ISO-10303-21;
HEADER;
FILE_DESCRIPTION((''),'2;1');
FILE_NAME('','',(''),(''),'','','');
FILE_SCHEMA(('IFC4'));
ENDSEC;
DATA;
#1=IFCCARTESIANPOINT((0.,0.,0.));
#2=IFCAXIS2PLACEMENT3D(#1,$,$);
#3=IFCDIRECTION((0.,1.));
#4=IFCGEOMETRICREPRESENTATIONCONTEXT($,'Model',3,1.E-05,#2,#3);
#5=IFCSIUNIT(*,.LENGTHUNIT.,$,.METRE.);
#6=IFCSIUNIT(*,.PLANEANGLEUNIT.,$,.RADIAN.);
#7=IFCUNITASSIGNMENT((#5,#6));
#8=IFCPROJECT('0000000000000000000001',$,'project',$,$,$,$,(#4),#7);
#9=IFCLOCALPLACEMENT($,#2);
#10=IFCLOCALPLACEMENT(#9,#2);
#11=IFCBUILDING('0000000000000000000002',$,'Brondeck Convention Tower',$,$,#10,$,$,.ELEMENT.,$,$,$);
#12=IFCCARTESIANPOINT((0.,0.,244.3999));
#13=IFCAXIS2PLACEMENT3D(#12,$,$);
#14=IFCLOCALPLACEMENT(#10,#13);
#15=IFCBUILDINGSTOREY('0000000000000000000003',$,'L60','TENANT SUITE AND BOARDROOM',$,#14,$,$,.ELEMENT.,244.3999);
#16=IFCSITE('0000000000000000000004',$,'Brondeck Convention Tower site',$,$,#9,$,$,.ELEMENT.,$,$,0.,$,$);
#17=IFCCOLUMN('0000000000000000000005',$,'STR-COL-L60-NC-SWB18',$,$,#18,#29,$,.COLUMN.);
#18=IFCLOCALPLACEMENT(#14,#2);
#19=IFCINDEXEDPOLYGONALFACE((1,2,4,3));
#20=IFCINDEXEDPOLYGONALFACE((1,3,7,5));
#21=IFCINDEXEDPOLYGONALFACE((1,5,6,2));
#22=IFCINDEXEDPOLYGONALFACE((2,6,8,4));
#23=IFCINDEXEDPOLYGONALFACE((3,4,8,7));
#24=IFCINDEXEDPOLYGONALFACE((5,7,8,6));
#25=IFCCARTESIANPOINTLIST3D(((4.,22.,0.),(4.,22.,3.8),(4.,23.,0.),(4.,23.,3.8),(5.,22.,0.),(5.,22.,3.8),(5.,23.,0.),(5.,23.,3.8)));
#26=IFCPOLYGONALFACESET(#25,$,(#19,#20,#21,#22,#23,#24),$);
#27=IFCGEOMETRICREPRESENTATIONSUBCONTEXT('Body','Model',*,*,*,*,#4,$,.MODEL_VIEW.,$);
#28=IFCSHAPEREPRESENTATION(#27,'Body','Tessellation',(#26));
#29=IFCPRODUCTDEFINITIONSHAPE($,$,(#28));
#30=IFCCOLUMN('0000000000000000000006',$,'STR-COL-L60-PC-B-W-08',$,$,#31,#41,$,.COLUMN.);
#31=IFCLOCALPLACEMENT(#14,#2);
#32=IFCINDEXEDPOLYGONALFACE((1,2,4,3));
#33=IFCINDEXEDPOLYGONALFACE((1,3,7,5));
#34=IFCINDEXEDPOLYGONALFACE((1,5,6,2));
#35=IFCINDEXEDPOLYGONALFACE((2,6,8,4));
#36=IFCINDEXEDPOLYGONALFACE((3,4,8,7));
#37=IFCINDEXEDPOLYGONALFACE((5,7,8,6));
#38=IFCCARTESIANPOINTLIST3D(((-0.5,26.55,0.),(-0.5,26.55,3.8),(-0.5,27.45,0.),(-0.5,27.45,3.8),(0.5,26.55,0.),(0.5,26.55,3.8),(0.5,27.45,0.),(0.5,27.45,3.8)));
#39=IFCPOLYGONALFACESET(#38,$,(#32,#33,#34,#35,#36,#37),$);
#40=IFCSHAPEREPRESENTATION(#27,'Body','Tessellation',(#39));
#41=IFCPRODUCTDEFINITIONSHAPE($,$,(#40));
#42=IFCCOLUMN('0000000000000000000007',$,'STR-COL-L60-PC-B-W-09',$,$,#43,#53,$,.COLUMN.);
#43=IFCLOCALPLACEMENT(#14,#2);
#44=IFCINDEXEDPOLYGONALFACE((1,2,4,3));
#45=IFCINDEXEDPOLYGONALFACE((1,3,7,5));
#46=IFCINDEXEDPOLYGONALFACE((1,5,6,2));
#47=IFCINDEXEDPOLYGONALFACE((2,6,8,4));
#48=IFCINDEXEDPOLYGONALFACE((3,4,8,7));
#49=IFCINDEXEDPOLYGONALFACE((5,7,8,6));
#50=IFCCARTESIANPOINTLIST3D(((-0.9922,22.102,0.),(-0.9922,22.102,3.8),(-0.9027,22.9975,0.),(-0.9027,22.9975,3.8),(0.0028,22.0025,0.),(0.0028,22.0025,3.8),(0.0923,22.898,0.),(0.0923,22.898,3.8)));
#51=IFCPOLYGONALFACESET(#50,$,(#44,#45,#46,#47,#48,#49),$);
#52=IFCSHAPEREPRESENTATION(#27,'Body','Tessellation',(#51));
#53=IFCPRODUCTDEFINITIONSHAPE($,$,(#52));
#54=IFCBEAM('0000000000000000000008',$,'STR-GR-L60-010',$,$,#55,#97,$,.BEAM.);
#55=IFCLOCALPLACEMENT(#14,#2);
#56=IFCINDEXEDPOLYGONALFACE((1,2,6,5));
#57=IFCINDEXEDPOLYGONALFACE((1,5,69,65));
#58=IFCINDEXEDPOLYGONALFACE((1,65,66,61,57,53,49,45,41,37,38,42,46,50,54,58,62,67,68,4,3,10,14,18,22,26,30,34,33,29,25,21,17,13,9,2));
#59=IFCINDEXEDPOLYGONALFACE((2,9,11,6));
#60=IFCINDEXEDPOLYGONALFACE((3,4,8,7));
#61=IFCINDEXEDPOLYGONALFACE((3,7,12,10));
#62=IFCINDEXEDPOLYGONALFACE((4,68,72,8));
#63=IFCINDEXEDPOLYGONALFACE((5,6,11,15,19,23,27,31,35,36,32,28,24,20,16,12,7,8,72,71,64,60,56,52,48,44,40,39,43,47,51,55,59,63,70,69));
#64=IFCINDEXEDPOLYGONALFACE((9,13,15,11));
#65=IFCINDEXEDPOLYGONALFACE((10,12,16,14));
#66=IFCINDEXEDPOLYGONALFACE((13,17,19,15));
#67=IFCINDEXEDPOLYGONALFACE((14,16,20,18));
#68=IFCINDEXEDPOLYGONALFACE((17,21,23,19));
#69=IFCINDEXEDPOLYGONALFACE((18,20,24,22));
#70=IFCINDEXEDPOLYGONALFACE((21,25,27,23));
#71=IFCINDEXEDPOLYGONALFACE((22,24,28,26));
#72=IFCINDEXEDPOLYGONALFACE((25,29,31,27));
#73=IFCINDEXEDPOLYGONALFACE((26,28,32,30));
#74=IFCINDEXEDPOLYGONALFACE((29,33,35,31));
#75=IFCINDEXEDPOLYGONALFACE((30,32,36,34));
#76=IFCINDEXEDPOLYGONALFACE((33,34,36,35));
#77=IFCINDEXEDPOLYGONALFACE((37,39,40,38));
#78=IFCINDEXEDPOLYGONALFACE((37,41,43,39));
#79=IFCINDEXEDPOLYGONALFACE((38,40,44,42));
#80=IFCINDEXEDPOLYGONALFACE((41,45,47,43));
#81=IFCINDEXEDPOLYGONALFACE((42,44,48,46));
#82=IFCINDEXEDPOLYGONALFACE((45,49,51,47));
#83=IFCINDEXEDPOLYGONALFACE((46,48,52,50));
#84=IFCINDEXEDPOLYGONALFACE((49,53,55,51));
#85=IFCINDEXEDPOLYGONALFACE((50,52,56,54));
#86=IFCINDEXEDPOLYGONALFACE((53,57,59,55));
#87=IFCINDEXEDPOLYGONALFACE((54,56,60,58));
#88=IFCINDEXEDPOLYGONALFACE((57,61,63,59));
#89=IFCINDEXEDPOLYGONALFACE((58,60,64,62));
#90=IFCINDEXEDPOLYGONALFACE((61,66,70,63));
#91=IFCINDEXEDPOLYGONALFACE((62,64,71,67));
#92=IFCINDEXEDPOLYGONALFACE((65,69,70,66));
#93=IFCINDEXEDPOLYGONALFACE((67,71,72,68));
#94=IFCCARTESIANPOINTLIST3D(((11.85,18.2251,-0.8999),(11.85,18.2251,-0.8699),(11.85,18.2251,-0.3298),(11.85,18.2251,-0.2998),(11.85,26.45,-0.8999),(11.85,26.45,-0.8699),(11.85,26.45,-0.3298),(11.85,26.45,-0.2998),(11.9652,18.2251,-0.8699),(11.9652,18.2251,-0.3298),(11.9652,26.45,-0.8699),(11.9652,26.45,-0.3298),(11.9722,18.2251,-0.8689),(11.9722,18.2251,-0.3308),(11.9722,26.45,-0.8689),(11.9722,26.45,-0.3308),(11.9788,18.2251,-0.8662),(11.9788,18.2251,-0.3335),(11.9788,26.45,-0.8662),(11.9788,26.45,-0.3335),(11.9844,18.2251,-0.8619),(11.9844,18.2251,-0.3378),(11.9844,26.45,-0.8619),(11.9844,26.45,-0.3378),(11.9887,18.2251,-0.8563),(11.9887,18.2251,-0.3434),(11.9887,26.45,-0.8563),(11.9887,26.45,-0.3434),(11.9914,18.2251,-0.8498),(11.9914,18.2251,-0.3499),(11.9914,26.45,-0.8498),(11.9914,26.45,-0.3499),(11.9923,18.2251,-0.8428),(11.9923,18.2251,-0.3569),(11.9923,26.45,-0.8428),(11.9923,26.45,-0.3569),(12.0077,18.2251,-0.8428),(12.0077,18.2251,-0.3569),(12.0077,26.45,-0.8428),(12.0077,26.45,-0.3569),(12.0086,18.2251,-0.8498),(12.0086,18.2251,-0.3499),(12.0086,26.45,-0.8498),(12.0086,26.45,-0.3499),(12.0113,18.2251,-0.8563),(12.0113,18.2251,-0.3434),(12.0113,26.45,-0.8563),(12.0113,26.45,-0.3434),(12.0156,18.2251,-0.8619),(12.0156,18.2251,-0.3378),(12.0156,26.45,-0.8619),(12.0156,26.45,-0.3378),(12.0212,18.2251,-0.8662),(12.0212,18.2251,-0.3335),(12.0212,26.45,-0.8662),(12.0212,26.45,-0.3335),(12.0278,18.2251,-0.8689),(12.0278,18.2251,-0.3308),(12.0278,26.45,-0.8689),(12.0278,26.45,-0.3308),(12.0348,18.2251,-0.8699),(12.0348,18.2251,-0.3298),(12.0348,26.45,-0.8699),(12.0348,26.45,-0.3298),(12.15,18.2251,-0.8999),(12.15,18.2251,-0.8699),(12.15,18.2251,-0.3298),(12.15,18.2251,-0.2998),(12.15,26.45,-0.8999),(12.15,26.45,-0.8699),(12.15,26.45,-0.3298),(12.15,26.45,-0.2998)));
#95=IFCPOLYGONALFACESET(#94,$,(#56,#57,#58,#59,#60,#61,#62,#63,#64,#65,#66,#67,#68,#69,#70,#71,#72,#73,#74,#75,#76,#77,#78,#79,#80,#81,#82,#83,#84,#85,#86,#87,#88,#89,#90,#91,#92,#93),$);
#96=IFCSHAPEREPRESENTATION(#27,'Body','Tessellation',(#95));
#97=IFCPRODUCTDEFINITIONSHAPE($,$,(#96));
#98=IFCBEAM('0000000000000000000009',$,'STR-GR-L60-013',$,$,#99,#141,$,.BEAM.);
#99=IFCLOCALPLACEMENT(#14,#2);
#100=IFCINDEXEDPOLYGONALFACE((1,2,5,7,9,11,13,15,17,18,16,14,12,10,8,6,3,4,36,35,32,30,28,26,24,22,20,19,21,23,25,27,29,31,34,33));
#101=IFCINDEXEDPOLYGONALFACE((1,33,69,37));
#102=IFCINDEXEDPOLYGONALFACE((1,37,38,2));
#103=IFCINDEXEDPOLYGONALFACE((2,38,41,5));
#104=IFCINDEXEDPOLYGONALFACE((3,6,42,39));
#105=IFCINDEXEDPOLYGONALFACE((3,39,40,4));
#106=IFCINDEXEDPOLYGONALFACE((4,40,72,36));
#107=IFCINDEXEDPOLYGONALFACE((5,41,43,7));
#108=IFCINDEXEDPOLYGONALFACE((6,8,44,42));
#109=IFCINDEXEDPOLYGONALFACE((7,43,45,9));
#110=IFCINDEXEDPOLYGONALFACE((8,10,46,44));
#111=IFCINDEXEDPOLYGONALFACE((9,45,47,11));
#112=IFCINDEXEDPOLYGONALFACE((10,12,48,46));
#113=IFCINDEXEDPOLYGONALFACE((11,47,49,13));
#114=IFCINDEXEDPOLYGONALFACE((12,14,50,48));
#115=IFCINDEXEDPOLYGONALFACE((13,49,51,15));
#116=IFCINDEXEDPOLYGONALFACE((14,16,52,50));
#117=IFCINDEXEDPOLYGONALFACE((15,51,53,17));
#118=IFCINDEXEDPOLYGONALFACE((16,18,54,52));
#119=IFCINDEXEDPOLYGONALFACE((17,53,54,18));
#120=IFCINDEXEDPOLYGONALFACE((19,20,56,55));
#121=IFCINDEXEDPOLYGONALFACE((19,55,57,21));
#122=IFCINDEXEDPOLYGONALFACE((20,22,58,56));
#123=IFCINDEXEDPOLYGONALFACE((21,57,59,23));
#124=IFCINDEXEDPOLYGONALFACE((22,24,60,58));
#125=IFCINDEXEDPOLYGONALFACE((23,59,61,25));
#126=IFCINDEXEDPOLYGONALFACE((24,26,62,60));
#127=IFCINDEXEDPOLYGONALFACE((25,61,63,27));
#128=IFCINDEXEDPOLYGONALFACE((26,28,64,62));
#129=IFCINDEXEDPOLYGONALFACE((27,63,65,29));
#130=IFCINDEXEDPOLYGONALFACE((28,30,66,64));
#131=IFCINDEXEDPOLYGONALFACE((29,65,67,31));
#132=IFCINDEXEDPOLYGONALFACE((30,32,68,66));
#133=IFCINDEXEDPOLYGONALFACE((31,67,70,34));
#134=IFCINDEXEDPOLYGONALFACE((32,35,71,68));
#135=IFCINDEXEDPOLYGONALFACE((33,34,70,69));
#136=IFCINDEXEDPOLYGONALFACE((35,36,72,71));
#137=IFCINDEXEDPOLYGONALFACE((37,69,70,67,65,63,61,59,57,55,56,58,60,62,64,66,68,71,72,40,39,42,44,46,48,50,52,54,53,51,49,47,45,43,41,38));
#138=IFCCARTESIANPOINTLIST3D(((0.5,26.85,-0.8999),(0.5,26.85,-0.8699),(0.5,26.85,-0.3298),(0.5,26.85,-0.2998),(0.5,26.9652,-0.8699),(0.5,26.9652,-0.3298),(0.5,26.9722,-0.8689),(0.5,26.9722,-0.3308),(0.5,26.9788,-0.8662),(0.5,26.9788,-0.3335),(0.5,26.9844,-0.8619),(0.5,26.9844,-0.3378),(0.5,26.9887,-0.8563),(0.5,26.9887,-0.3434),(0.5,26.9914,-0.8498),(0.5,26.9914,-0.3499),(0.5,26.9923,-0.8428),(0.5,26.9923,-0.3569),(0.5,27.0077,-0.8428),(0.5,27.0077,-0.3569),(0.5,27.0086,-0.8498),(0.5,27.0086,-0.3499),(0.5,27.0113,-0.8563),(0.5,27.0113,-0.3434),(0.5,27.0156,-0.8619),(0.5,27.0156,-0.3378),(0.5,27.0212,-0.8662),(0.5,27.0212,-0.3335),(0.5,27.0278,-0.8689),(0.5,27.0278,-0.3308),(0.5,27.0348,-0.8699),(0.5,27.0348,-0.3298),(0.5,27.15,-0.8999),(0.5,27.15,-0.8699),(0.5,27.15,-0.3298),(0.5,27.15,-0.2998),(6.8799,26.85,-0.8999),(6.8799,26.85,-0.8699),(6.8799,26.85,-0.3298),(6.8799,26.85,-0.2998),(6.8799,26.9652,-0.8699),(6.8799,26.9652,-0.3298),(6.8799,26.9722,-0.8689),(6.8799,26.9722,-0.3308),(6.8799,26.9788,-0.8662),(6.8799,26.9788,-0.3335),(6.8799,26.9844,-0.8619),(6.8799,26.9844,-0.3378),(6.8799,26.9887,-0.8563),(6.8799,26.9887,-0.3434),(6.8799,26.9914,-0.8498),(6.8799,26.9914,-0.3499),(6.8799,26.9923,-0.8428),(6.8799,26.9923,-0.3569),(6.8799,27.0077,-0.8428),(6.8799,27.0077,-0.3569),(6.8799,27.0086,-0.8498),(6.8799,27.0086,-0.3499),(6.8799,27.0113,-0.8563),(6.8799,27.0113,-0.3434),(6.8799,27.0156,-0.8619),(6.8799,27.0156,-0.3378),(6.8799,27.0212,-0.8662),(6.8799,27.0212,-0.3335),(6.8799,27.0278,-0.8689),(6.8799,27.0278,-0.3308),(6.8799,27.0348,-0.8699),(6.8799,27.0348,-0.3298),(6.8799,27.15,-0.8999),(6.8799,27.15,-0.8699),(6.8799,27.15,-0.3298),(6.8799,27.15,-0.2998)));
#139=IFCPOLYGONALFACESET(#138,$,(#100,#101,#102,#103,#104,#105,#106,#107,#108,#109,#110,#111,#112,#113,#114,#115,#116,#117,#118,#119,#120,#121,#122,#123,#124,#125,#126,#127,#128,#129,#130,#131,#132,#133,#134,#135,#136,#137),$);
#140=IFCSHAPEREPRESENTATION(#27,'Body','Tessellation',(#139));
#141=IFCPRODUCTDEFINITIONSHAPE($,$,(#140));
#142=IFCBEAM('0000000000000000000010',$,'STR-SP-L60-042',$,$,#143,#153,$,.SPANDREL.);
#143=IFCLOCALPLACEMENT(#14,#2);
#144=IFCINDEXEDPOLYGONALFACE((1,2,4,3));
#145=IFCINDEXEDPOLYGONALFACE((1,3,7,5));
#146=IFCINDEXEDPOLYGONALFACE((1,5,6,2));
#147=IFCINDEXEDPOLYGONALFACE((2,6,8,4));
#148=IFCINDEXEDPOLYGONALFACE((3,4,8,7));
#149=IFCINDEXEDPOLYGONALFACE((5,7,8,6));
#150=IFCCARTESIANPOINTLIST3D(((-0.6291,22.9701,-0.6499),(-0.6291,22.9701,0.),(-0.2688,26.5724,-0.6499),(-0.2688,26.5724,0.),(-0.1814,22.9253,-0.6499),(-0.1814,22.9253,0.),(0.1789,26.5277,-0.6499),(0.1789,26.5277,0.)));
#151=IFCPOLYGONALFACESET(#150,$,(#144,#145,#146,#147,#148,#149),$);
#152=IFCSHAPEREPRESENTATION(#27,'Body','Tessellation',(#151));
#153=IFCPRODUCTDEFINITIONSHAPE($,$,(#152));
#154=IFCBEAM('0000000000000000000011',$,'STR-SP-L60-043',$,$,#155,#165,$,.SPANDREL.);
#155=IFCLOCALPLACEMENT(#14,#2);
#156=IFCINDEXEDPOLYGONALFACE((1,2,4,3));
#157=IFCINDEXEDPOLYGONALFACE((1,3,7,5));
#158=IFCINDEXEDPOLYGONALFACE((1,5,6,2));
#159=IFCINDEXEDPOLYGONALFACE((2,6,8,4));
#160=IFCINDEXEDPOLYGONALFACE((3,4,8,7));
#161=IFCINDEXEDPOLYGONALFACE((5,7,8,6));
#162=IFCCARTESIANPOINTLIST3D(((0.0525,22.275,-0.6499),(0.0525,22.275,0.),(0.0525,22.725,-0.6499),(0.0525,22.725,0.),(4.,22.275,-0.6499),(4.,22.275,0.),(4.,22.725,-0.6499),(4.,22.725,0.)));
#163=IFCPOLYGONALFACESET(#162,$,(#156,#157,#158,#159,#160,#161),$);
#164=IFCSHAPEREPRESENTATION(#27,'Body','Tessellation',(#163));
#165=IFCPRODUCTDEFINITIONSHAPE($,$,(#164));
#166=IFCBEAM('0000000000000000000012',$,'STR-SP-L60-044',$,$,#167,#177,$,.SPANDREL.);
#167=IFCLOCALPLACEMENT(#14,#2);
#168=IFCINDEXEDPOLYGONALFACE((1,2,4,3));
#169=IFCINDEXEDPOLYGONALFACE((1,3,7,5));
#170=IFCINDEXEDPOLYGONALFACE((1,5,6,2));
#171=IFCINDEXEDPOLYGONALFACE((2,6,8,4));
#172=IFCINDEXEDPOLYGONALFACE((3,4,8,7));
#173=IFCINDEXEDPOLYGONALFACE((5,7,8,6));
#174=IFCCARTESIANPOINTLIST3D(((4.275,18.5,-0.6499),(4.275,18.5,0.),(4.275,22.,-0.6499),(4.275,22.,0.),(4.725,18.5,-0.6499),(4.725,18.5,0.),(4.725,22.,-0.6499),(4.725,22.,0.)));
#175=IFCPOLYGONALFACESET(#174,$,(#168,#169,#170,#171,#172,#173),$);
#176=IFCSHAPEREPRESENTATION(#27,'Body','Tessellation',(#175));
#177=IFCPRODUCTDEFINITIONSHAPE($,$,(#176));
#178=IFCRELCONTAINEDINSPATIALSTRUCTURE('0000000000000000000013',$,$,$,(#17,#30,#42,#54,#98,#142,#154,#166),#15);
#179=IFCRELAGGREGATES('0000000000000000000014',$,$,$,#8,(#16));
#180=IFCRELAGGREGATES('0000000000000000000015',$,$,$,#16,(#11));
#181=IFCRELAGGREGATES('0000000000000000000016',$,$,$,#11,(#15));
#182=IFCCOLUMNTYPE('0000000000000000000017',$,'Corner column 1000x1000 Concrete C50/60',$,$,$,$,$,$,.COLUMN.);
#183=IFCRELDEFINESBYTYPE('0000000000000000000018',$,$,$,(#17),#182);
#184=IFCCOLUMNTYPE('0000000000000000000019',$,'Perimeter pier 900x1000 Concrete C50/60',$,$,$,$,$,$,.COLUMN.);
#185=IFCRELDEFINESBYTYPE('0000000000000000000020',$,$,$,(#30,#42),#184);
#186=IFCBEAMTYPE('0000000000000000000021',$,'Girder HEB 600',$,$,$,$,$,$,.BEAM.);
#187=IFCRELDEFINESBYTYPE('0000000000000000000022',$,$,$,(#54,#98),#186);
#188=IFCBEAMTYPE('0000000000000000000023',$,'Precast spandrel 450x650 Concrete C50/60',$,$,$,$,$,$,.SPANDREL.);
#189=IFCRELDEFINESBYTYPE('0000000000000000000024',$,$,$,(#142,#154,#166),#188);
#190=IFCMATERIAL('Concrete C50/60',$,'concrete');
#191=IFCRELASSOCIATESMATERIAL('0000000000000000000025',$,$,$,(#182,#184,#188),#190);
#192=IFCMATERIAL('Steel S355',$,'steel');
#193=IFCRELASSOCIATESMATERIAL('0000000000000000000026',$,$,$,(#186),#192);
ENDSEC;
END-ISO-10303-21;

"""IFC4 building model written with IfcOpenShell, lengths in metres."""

from ifc_helpers import new_model, si_unit, direction, frame, origin, origin_2d, place, context, subcontext, project, spatial, rectangle, i_section, extrude, material, material_profile, profile_set, type_object, element, save


model = new_model("IFC4")

# Units and contexts
model_context = context("Model", 3, precision=1e-05, world=origin(), true_north=direction((0.0, 1.0)))
body_context = subcontext(model_context, "Body", "Model", "MODEL_VIEW")
ifc_project = project(units=[si_unit("LENGTHUNIT", "METRE"), si_unit("PLANEANGLEUNIT", "RADIAN")], contexts=[model_context])

# Site, building, storey
site_placement = place(None, origin())
site = spatial("IfcSite", under=ifc_project, at=site_placement, Name="Brondeck Convention Tower site", CompositionType="ELEMENT", RefElevation=0.0)
building_placement = place(site_placement, origin())
building = spatial("IfcBuilding", under=site, at=building_placement, Name="Brondeck Convention Tower", CompositionType="ELEMENT")
storey_placement = place(building_placement, frame((0.0, 0.0, 244.3999)))
storey = spatial("IfcBuildingStorey", under=building, at=storey_placement, Name="L60", Description="TENANT SUITE AND BOARDROOM", CompositionType="ELEMENT", Elevation=244.3999)

# Columns
ifc_material_1 = material(Name="Concrete C50/60", Category="concrete")
ifc_material_profile_1 = material_profile(ifc_material_1, rectangle(XDim=1.0, YDim=1.0, at=origin_2d()), Name="Corner column 1000x1000 Concrete C50/60")
ifc_profile_set_1 = profile_set([ifc_material_profile_1], Name="Concrete C50/60")
column_type_1 = type_object("IfcColumnType", Name="Corner column 1000x1000 Concrete C50/60", PredefinedType="COLUMN", material=ifc_profile_set_1)
column_placement = place(storey_placement, frame((4.5, 22.5, 0.0), z_axis=(0.0, 0.0, 1.0), x_axis=(1.0, 0.0, 0.0)))
element("IfcColumn", 1, at=column_placement, inside=storey, type_object=column_type_1, Name="STR-COL-L60-NC-SWB18", PredefinedType="COLUMN", context=body_context, shape_type="SweptSolid", body=[
    extrude(rectangle(XDim=1.0, YDim=1.0, at=origin_2d()), origin(), (0.0, 0.0, 1.0), 3.8),
])
ifc_material_profile_2 = material_profile(ifc_material_1, rectangle(XDim=0.8999, YDim=1.0, at=origin_2d()), Name="Perimeter pier 900x1000 Concrete C50/60")
ifc_profile_set_2 = profile_set([ifc_material_profile_2], Name="Concrete C50/60")
column_type_2 = type_object("IfcColumnType", Name="Perimeter pier 900x1000 Concrete C50/60", PredefinedType="COLUMN", material=ifc_profile_set_2)
for number, where, z_axis, x_axis, name in (
    (2, (0.0, 27.0, 0.0), (0.0, 0.0, 1.0), (0.0, -1.0, 0.0), "STR-COL-L60-PC-B-W-08"),
    (3, (-0.45, 22.5, 0.0), (0.0, 0.0, 1.0), (-0.099504, -0.995037, 0.0), "STR-COL-L60-PC-B-W-09"),
):
    element("IfcColumn", number, at=place(storey_placement, frame(where, z_axis=z_axis, x_axis=x_axis)), inside=storey, type_object=column_type_2, Name=name, PredefinedType="COLUMN", context=body_context, shape_type="SweptSolid", body=[
        extrude(rectangle(XDim=0.8999, YDim=1.0, at=origin_2d()), origin(), (0.0, 0.0, 1.0), 3.8),
    ])

# Beams
ifc_material_2 = material(Name="Steel S355", Category="steel")
ifc_material_profile_3 = material_profile(ifc_material_2, i_section(OverallWidth=0.3, OverallDepth=0.6001, WebThickness=0.0154, FlangeThickness=0.03, FilletRadius=0.0271, at=origin_2d()), Name="HEB 600")
ifc_profile_set_3 = profile_set([ifc_material_profile_3], Name="Steel S355")
beam_type_1 = type_object("IfcBeamType", Name="Girder HEB 600", PredefinedType="BEAM", material=ifc_profile_set_3)
beam_1_placement = place(storey_placement, frame((12.0, 26.45, -0.5999), z_axis=(0.0, -1.0, 0.0), x_axis=(1.0, 0.0, 0.0)))
element("IfcBeam", 4, at=beam_1_placement, inside=storey, type_object=beam_type_1, Name="STR-GR-L60-010", PredefinedType="BEAM", context=body_context, shape_type="SweptSolid", body=[
    extrude(i_section(OverallWidth=0.3, OverallDepth=0.6001, WebThickness=0.0154, FlangeThickness=0.03, FilletRadius=0.0271, at=origin_2d()), origin(), (0.0, 0.0, 1.0), 8.2249),
])
beam_2_placement = place(storey_placement, frame((0.5, 27.0, -0.5999), z_axis=(1.0, 0.0, 0.0), x_axis=(0.0, 1.0, 0.0)))
element("IfcBeam", 5, at=beam_2_placement, inside=storey, type_object=beam_type_1, Name="STR-GR-L60-013", PredefinedType="BEAM", context=body_context, shape_type="SweptSolid", body=[
    extrude(i_section(OverallWidth=0.3, OverallDepth=0.6001, WebThickness=0.0154, FlangeThickness=0.03, FilletRadius=0.0271, at=origin_2d()), origin(), (0.0, 0.0, 1.0), 6.3799),
])
ifc_material_profile_4 = material_profile(ifc_material_1, rectangle(XDim=0.45, YDim=0.6499, at=origin_2d()), Name="Precast spandrel 450x650 Concrete C50/60")
ifc_profile_set_4 = profile_set([ifc_material_profile_4], Name="Concrete C50/60")
beam_type_2 = type_object("IfcBeamType", Name="Precast spandrel 450x650 Concrete C50/60", PredefinedType="SPANDREL", material=ifc_profile_set_4)
beam_3_placement = place(storey_placement, frame((-0.0449, 26.55, -0.325), z_axis=(-0.099537, -0.995034, 0.0), x_axis=(0.995034, -0.099537, 0.0)))
element("IfcBeam", 6, at=beam_3_placement, inside=storey, type_object=beam_type_2, Name="STR-SP-L60-042", PredefinedType="SPANDREL", context=body_context, shape_type="SweptSolid", body=[
    extrude(rectangle(XDim=0.45, YDim=0.6499, at=origin_2d()), origin(), (0.0, 0.0, 1.0), 3.6204),
])
beam_4_placement = place(storey_placement, frame((0.0525, 22.5, -0.325), z_axis=(1.0, 0.0, 0.0), x_axis=(0.0, 1.0, 0.0)))
element("IfcBeam", 7, at=beam_4_placement, inside=storey, type_object=beam_type_2, Name="STR-SP-L60-043", PredefinedType="SPANDREL", context=body_context, shape_type="SweptSolid", body=[
    extrude(rectangle(XDim=0.45, YDim=0.6499, at=origin_2d()), origin(), (0.0, 0.0, 1.0), 3.9475),
])
beam_5_placement = place(storey_placement, frame((4.5, 22.0, -0.325), z_axis=(0.0, -1.0, 0.0), x_axis=(1.0, 0.0, 0.0)))
element("IfcBeam", 8, at=beam_5_placement, inside=storey, type_object=beam_type_2, Name="STR-SP-L60-044", PredefinedType="SPANDREL", context=body_context, shape_type="SweptSolid", body=[
    extrude(rectangle(XDim=0.45, YDim=0.6499, at=origin_2d()), origin(), (0.0, 0.0, 1.0), 3.5),
])

save(model, "model.ifc")
